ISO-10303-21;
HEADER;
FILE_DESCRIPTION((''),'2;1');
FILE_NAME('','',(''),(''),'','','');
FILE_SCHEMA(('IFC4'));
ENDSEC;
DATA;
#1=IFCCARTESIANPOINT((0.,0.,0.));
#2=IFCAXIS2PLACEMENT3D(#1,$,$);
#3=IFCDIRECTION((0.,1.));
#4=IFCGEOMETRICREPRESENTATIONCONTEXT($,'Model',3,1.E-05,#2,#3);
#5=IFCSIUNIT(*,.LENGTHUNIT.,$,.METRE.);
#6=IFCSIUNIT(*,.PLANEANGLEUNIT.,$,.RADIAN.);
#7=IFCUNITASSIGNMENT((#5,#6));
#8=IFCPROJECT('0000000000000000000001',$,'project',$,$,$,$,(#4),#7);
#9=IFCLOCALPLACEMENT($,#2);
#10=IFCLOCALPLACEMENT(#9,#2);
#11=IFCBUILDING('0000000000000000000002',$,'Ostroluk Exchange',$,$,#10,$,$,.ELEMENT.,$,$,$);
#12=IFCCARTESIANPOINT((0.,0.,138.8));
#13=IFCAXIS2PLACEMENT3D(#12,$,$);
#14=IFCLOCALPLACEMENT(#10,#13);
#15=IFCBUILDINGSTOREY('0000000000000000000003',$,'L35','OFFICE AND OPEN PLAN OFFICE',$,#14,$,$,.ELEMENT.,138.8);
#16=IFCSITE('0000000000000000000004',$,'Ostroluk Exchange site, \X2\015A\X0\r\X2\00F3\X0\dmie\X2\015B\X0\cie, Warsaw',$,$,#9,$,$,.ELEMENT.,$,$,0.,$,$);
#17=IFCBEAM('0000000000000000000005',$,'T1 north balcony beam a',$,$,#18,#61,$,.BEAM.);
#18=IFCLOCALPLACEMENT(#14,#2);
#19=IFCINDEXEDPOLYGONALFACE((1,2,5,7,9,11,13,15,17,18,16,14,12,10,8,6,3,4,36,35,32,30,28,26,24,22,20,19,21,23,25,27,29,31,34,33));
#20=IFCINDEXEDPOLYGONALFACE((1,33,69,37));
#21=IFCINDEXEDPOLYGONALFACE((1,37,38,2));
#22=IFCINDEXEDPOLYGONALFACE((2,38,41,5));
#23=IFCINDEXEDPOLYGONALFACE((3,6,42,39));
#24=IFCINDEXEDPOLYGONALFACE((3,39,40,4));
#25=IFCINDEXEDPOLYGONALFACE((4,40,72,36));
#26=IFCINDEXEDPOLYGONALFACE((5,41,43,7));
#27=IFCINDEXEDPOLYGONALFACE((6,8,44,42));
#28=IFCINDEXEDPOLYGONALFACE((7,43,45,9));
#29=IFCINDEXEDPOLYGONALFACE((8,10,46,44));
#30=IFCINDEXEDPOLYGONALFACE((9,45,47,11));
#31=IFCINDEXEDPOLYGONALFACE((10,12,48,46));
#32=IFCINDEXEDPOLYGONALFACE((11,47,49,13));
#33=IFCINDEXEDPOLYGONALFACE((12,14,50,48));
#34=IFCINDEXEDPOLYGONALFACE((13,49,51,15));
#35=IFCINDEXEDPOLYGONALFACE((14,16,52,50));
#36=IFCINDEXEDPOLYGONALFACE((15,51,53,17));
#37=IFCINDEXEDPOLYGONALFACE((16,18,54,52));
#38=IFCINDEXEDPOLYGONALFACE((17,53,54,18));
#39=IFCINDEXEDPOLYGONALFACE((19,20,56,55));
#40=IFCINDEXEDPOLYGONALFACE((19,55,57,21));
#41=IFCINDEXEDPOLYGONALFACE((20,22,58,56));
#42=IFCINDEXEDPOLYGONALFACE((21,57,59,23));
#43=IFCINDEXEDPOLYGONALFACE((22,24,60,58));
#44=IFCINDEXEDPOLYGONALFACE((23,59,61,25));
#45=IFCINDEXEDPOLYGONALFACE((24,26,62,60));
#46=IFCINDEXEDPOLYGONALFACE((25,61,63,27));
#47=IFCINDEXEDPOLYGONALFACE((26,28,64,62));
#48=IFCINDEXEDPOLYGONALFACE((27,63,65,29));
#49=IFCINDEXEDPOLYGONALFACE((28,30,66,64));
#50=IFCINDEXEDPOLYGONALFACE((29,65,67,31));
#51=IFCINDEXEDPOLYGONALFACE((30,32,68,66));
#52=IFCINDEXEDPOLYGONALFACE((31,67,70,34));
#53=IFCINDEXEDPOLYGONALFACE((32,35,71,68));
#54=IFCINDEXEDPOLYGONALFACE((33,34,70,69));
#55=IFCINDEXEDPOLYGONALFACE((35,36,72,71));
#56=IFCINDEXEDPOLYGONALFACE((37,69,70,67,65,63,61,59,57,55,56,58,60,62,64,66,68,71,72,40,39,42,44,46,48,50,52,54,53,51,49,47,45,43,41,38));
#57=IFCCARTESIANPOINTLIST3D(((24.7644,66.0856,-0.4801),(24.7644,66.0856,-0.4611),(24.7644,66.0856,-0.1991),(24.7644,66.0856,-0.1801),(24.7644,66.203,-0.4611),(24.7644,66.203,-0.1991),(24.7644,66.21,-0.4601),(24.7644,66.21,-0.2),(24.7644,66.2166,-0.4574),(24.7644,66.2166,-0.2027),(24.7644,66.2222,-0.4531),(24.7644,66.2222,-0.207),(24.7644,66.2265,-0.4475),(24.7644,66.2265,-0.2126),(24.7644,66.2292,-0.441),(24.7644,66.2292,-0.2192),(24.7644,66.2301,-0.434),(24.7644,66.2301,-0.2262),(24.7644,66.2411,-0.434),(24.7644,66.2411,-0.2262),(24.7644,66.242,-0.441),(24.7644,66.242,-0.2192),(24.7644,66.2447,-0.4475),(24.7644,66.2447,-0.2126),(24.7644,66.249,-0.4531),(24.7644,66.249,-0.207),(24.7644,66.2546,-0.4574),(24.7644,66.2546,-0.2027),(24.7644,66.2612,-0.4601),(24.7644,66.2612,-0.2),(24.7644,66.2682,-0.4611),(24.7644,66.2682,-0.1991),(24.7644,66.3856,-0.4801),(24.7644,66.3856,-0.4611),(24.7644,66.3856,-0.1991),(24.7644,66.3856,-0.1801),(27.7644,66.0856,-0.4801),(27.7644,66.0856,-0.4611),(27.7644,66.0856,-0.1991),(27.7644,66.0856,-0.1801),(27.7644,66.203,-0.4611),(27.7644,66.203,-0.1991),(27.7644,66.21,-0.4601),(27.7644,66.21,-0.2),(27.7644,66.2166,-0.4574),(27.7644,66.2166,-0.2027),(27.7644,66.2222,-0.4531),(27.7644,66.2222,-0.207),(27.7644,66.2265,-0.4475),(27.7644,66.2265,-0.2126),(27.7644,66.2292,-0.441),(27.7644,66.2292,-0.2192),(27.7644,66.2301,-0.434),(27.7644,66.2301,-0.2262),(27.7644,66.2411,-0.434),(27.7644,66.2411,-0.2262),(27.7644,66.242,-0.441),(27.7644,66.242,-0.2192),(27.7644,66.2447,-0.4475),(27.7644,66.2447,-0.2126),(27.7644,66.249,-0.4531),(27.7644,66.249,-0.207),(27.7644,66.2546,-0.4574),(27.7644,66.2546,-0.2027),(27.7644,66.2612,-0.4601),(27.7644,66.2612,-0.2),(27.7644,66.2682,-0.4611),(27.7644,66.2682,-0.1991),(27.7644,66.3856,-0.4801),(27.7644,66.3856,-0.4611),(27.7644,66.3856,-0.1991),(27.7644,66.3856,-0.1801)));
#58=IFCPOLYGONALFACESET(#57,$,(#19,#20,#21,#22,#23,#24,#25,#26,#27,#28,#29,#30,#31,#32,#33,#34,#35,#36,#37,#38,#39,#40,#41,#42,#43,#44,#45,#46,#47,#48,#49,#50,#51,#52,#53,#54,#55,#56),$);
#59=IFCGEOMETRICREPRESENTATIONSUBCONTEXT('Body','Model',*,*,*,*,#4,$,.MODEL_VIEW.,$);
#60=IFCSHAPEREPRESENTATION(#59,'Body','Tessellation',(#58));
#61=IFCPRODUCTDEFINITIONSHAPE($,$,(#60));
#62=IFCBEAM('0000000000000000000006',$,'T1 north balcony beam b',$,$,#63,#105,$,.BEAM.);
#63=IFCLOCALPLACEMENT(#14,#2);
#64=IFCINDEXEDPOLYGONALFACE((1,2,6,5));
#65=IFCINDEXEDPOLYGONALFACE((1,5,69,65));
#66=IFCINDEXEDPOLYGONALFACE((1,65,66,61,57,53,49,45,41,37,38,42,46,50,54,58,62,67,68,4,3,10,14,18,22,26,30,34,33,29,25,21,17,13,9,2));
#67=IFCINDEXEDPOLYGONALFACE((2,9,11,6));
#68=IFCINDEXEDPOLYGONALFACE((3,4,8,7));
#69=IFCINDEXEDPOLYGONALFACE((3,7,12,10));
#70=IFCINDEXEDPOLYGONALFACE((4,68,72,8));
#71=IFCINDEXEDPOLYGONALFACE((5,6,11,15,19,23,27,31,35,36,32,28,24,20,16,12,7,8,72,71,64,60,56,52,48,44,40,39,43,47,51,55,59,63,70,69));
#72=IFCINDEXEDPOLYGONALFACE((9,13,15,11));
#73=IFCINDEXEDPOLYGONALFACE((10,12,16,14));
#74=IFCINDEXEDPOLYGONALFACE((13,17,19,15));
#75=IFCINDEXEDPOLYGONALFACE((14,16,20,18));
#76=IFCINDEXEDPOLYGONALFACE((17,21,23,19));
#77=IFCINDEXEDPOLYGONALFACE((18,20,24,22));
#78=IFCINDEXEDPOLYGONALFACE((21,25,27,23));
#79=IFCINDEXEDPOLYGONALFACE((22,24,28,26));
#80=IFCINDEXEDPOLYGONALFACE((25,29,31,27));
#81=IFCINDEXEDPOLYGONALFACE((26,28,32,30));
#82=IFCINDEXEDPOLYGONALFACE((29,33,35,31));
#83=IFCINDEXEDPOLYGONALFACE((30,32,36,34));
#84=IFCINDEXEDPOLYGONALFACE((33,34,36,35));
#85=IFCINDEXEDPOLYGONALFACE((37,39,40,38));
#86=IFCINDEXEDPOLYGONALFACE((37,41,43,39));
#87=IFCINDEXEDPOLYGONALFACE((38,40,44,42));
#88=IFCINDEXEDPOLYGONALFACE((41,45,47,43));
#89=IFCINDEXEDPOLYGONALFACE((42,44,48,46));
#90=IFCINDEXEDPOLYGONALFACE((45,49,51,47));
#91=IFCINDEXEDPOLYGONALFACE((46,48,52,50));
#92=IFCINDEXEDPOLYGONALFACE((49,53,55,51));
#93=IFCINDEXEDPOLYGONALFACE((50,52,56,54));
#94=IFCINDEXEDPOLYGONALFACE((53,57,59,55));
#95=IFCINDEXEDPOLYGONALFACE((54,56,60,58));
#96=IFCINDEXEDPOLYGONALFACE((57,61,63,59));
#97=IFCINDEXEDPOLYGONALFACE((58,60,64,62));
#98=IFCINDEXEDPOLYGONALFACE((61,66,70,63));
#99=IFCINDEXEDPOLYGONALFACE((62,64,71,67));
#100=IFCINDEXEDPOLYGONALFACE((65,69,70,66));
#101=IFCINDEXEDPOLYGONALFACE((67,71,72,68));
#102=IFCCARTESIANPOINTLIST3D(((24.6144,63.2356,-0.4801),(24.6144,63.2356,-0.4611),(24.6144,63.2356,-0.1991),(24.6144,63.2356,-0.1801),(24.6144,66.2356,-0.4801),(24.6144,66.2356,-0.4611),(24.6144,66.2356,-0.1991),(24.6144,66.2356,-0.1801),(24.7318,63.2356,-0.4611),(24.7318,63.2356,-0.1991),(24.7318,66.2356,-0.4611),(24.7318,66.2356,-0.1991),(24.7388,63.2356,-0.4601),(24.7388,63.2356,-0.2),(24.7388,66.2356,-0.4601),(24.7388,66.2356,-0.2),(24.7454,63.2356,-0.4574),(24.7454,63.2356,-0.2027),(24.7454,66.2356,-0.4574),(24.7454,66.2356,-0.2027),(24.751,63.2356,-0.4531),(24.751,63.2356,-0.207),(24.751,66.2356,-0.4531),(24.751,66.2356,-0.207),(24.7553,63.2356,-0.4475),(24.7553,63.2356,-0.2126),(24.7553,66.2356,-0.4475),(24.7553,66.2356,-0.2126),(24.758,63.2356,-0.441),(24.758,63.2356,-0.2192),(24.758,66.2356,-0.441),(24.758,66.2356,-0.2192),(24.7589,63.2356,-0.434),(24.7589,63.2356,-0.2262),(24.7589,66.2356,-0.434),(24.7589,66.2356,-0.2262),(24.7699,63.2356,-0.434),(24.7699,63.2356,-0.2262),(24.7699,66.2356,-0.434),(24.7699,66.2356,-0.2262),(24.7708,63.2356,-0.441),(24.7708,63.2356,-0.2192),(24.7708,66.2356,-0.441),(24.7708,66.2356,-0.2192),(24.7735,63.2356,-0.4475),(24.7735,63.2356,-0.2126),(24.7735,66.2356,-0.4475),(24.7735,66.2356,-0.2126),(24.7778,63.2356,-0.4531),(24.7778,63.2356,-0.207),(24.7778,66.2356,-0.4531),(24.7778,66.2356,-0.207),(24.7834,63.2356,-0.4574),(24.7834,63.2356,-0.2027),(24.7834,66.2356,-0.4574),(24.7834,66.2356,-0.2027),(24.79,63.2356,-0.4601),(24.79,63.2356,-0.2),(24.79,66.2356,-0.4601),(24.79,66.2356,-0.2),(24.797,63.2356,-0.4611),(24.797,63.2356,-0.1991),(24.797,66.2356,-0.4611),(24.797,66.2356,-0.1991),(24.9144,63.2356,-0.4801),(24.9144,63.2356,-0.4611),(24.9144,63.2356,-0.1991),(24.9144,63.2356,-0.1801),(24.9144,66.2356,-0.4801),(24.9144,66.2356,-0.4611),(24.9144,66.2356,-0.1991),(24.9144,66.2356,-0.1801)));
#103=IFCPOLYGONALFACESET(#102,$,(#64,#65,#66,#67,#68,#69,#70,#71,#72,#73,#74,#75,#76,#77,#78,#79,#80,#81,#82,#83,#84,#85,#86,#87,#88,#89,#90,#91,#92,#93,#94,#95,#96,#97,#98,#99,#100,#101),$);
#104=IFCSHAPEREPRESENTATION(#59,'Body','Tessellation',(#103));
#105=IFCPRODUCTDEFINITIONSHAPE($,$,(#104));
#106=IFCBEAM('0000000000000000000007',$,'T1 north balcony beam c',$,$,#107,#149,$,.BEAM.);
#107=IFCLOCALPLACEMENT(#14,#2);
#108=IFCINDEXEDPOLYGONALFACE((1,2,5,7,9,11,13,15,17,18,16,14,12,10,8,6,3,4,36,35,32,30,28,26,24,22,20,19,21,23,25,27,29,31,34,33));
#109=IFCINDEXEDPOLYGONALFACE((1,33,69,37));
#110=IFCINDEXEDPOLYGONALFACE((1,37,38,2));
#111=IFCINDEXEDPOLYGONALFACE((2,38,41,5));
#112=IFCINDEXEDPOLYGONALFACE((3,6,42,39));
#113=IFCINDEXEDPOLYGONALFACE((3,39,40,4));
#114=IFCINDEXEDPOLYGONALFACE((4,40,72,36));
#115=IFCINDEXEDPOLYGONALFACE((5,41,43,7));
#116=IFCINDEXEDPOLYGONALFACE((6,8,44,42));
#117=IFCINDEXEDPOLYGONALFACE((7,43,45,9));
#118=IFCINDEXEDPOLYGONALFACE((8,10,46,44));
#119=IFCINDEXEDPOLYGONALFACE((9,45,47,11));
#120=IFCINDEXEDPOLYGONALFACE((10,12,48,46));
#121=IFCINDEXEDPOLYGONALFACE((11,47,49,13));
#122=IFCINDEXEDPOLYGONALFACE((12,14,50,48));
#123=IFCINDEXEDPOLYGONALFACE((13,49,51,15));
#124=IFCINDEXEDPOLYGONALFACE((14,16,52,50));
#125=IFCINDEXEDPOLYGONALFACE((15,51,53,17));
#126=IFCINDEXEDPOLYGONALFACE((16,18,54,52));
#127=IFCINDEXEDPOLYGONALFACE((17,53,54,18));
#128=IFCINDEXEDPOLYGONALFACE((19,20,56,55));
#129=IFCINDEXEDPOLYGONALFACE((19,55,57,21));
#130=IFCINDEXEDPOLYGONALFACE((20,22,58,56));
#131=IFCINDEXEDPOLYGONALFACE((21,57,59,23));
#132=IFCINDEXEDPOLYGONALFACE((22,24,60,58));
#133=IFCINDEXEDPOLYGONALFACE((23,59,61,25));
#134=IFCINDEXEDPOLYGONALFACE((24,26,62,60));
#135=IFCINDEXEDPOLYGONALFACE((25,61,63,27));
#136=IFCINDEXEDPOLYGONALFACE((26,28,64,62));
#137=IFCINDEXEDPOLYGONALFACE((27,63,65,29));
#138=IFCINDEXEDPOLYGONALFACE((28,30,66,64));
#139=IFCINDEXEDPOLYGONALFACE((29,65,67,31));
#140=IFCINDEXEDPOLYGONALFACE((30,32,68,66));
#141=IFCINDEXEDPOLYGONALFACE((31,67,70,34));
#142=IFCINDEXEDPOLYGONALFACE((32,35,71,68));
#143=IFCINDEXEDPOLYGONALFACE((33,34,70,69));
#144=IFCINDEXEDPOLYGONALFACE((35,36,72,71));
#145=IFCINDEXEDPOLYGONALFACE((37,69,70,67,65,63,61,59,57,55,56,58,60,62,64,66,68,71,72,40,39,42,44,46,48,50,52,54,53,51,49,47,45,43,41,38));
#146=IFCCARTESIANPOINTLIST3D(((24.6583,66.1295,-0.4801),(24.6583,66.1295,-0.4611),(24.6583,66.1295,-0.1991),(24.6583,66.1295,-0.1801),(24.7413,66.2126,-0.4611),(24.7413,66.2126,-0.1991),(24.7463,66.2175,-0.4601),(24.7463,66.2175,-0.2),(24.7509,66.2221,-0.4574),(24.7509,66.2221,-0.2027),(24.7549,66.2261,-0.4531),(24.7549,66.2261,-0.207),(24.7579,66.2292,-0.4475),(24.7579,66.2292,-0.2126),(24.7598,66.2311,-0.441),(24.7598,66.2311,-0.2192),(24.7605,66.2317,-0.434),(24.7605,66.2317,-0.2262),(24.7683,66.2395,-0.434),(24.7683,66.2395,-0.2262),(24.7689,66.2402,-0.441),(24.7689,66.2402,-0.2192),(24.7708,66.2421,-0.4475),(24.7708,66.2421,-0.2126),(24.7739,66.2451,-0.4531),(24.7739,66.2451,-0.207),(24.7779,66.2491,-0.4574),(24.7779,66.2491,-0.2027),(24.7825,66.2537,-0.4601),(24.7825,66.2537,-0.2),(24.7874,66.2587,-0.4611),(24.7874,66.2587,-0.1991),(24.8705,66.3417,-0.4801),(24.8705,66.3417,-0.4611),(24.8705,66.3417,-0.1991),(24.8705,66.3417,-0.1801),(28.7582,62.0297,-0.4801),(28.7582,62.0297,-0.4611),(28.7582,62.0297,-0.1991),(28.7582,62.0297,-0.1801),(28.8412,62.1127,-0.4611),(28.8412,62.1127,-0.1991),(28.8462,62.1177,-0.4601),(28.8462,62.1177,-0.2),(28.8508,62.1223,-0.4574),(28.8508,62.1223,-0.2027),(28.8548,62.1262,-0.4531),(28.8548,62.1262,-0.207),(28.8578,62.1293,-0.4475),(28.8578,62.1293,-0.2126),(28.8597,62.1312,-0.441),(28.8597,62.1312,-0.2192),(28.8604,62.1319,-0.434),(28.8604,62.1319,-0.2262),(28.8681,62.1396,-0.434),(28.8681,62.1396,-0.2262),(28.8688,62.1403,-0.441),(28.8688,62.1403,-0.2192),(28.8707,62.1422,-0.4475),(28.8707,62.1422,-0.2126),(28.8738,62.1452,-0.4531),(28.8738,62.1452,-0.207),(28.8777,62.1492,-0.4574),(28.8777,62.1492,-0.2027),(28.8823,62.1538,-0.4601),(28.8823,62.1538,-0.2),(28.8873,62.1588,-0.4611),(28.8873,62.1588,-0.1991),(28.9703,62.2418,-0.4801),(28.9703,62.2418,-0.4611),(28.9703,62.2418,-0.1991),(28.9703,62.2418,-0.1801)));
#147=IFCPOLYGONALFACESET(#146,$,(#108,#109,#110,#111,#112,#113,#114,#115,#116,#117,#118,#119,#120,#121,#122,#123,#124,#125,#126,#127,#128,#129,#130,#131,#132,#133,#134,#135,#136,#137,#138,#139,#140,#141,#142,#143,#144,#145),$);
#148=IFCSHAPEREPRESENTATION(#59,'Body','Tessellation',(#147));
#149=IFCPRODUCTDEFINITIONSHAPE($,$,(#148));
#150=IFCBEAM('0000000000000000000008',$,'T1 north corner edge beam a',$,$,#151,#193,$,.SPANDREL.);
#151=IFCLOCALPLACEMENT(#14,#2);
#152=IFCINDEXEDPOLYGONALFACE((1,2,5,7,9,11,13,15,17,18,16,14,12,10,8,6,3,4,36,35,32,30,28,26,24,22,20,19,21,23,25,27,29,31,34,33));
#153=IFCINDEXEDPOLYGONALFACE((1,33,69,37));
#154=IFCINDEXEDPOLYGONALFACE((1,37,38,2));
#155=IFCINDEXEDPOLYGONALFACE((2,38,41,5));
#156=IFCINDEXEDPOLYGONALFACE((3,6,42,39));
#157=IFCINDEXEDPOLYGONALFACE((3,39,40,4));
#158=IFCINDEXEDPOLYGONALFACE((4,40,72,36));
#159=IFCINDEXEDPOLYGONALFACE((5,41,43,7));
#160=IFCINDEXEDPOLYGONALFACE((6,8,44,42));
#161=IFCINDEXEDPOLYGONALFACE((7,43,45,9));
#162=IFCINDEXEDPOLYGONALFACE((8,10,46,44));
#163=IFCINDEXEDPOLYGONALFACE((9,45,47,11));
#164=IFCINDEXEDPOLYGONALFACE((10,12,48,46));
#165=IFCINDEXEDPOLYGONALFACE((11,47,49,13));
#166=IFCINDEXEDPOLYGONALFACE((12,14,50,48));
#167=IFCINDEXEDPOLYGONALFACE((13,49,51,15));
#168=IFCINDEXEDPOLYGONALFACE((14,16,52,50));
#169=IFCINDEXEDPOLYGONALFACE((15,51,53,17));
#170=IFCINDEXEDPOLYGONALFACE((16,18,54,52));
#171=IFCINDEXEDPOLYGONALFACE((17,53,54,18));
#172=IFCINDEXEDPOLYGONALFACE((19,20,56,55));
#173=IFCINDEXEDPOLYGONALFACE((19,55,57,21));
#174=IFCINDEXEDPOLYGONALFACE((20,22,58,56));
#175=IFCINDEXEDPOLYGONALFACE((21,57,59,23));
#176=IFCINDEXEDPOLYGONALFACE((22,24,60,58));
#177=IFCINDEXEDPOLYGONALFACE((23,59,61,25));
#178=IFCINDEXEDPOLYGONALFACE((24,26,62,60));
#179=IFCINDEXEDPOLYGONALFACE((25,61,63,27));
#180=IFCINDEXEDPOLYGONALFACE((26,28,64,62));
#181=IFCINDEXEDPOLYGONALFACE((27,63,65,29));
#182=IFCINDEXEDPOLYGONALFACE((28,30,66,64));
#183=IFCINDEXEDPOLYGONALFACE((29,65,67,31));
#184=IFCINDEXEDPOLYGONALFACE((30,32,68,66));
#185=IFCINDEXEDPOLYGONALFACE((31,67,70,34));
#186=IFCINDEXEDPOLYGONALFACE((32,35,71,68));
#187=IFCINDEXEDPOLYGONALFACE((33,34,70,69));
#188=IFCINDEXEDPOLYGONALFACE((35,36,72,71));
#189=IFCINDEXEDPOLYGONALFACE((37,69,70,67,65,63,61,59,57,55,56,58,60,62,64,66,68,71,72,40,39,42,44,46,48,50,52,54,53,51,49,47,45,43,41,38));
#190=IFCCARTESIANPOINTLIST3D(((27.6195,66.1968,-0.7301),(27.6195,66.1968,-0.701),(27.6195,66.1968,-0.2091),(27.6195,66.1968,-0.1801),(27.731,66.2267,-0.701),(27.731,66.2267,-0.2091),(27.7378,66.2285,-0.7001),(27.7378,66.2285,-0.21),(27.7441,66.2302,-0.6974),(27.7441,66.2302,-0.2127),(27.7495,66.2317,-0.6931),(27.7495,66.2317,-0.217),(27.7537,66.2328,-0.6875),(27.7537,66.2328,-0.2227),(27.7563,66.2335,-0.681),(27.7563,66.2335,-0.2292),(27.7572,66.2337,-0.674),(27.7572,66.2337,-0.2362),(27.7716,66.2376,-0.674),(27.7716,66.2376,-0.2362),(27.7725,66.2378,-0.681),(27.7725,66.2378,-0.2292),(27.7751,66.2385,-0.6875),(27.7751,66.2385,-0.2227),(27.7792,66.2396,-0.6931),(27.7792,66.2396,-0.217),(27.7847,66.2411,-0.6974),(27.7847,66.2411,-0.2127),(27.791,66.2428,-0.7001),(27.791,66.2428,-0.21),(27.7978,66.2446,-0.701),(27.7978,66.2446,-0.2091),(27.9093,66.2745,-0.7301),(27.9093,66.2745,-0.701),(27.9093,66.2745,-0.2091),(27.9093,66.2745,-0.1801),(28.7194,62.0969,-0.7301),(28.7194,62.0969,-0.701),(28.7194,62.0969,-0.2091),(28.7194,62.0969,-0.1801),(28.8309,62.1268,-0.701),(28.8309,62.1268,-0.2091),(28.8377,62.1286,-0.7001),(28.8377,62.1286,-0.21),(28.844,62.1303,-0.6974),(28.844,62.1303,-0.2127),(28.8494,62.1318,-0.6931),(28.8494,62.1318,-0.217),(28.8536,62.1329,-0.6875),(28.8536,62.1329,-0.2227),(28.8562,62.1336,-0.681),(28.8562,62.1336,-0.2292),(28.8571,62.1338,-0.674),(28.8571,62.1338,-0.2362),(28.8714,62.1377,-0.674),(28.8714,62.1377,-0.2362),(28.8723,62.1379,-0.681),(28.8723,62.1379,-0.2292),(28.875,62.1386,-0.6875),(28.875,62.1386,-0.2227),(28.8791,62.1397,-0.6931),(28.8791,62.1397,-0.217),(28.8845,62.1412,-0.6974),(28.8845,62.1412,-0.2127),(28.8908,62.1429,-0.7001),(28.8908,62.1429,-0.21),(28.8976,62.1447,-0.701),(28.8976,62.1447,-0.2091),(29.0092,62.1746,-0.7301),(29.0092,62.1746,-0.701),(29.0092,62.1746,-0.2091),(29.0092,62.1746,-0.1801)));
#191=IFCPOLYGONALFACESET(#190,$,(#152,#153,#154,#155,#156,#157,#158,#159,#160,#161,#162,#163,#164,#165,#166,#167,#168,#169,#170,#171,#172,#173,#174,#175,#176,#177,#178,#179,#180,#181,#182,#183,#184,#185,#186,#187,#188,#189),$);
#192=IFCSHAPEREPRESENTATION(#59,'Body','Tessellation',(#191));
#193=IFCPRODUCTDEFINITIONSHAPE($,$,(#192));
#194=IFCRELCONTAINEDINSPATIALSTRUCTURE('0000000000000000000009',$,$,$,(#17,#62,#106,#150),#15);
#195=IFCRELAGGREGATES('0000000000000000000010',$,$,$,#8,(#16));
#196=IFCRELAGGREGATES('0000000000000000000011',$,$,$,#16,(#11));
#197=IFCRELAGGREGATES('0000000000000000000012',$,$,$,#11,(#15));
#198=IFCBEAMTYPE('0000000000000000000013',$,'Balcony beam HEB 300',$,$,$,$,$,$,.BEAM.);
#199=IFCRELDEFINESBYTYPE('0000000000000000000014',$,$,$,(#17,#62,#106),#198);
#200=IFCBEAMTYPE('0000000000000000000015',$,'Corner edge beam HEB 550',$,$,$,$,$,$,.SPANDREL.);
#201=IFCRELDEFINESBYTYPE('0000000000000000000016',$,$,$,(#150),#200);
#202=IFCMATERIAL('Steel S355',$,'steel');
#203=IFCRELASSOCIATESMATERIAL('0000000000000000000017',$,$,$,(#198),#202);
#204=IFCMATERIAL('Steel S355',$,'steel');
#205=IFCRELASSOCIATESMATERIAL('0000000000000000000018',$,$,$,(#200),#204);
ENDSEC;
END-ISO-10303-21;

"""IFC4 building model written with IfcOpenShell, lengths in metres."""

from ifc_helpers import new_model, si_unit, direction, frame, origin, origin_2d, place, context, subcontext, project, spatial, i_section, extrude, material, material_profile, profile_set, type_object, element, save


model = new_model("IFC4")

# Units and contexts
model_context = context("Model", 3, precision=1e-05, world=origin(), true_north=direction((0.0, 1.0)))
body_context = subcontext(model_context, "Body", "Model", "MODEL_VIEW")
ifc_project = project(units=[si_unit("LENGTHUNIT", "METRE"), si_unit("PLANEANGLEUNIT", "RADIAN")], contexts=[model_context])

# Site, building, storey
site_placement = place(None, origin())
site = spatial("IfcSite", under=ifc_project, at=site_placement, Name="Ostroluk Exchange site, Śródmieście, Warsaw", CompositionType="ELEMENT", RefElevation=0.0)
building_placement = place(site_placement, origin())
building = spatial("IfcBuilding", under=site, at=building_placement, Name="Ostroluk Exchange", CompositionType="ELEMENT")
storey_placement = place(building_placement, frame((0.0, 0.0, 138.8)))
storey = spatial("IfcBuildingStorey", under=building, at=storey_placement, Name="L35", Description="OFFICE AND OPEN PLAN OFFICE", CompositionType="ELEMENT", Elevation=138.8)

# Beams
ifc_material_1 = material(Name="Steel S355", Category="steel")
ifc_material_profile_1 = material_profile(ifc_material_1, i_section(OverallWidth=0.3, OverallDepth=0.3, WebThickness=0.011, FlangeThickness=0.019, FilletRadius=0.0271, at=origin_2d()), Name="HEB 300")
ifc_profile_set_1 = profile_set([ifc_material_profile_1], Name="Steel S355")
beam_type_1 = type_object("IfcBeamType", Name="Balcony beam HEB 300", PredefinedType="BEAM", material=ifc_profile_set_1)
for number, where, z_axis, x_axis, name in (
    (1, (27.7644, 66.2356, -0.3301), (-1.0, 0.0, 0.0), (0.0, -1.0, 0.0), "T1 north balcony beam a"),
    (2, (24.7644, 63.2356, -0.3301), (0.0, 1.0, 0.0), (-1.0, 0.0, 0.0), "T1 north balcony beam b"),
):
    element("IfcBeam", number, at=place(storey_placement, frame(where, z_axis=z_axis, x_axis=x_axis)), inside=storey, type_object=beam_type_1, Name=name, PredefinedType="BEAM", context=body_context, shape_type="SweptSolid", body=[
        extrude(i_section(OverallWidth=0.3, OverallDepth=0.3, WebThickness=0.011, FlangeThickness=0.019, FilletRadius=0.0271, at=origin_2d()), origin(), (0.0, 0.0, 1.0), 3.0),
    ])
beam_1_placement = place(storey_placement, frame((28.8643, 62.1357, -0.3301), z_axis=(-0.707107, 0.707107, 0.0), x_axis=(-0.707107, -0.707107, 0.0)))
element("IfcBeam", 3, at=beam_1_placement, inside=storey, type_object=beam_type_1, Name="T1 north balcony beam c", PredefinedType="BEAM", context=body_context, shape_type="SweptSolid", body=[
    extrude(i_section(OverallWidth=0.3, OverallDepth=0.3, WebThickness=0.011, FlangeThickness=0.019, FilletRadius=0.0271, at=origin_2d()), origin(), (0.0, 0.0, 1.0), 5.7981),
])
ifc_material_2 = material(Name="Steel S355", Category="steel")
ifc_material_profile_2 = material_profile(ifc_material_2, i_section(OverallWidth=0.3, OverallDepth=0.55, WebThickness=0.0149, FlangeThickness=0.0291, FilletRadius=0.0271, at=origin_2d()), Name="HEB 550")
ifc_profile_set_2 = profile_set([ifc_material_profile_2], Name="Steel S355")
beam_type_2 = type_object("IfcBeamType", Name="Corner edge beam HEB 550", PredefinedType="SPANDREL", material=ifc_profile_set_2)
for number, where, z_axis, x_axis, name in (
    (4, (28.8643, 62.1357, -0.4551), (-0.259105, 0.965849, 0.0), (-0.965849, -0.259105, 0.0), "T1 north corner edge beam a"),
):
    element("IfcBeam", number, at=place(storey_placement, frame(where, z_axis=z_axis, x_axis=x_axis)), inside=storey, type_object=beam_type_2, Name=name, PredefinedType="SPANDREL", context=body_context, shape_type="SweptSolid", body=[
        extrude(i_section(OverallWidth=0.3, OverallDepth=0.55, WebThickness=0.0149, FlangeThickness=0.0291, FilletRadius=0.0271, at=origin_2d()), origin(), (0.0, 0.0, 1.0), 4.2449),
    ])

save(model, "model.ifc")
